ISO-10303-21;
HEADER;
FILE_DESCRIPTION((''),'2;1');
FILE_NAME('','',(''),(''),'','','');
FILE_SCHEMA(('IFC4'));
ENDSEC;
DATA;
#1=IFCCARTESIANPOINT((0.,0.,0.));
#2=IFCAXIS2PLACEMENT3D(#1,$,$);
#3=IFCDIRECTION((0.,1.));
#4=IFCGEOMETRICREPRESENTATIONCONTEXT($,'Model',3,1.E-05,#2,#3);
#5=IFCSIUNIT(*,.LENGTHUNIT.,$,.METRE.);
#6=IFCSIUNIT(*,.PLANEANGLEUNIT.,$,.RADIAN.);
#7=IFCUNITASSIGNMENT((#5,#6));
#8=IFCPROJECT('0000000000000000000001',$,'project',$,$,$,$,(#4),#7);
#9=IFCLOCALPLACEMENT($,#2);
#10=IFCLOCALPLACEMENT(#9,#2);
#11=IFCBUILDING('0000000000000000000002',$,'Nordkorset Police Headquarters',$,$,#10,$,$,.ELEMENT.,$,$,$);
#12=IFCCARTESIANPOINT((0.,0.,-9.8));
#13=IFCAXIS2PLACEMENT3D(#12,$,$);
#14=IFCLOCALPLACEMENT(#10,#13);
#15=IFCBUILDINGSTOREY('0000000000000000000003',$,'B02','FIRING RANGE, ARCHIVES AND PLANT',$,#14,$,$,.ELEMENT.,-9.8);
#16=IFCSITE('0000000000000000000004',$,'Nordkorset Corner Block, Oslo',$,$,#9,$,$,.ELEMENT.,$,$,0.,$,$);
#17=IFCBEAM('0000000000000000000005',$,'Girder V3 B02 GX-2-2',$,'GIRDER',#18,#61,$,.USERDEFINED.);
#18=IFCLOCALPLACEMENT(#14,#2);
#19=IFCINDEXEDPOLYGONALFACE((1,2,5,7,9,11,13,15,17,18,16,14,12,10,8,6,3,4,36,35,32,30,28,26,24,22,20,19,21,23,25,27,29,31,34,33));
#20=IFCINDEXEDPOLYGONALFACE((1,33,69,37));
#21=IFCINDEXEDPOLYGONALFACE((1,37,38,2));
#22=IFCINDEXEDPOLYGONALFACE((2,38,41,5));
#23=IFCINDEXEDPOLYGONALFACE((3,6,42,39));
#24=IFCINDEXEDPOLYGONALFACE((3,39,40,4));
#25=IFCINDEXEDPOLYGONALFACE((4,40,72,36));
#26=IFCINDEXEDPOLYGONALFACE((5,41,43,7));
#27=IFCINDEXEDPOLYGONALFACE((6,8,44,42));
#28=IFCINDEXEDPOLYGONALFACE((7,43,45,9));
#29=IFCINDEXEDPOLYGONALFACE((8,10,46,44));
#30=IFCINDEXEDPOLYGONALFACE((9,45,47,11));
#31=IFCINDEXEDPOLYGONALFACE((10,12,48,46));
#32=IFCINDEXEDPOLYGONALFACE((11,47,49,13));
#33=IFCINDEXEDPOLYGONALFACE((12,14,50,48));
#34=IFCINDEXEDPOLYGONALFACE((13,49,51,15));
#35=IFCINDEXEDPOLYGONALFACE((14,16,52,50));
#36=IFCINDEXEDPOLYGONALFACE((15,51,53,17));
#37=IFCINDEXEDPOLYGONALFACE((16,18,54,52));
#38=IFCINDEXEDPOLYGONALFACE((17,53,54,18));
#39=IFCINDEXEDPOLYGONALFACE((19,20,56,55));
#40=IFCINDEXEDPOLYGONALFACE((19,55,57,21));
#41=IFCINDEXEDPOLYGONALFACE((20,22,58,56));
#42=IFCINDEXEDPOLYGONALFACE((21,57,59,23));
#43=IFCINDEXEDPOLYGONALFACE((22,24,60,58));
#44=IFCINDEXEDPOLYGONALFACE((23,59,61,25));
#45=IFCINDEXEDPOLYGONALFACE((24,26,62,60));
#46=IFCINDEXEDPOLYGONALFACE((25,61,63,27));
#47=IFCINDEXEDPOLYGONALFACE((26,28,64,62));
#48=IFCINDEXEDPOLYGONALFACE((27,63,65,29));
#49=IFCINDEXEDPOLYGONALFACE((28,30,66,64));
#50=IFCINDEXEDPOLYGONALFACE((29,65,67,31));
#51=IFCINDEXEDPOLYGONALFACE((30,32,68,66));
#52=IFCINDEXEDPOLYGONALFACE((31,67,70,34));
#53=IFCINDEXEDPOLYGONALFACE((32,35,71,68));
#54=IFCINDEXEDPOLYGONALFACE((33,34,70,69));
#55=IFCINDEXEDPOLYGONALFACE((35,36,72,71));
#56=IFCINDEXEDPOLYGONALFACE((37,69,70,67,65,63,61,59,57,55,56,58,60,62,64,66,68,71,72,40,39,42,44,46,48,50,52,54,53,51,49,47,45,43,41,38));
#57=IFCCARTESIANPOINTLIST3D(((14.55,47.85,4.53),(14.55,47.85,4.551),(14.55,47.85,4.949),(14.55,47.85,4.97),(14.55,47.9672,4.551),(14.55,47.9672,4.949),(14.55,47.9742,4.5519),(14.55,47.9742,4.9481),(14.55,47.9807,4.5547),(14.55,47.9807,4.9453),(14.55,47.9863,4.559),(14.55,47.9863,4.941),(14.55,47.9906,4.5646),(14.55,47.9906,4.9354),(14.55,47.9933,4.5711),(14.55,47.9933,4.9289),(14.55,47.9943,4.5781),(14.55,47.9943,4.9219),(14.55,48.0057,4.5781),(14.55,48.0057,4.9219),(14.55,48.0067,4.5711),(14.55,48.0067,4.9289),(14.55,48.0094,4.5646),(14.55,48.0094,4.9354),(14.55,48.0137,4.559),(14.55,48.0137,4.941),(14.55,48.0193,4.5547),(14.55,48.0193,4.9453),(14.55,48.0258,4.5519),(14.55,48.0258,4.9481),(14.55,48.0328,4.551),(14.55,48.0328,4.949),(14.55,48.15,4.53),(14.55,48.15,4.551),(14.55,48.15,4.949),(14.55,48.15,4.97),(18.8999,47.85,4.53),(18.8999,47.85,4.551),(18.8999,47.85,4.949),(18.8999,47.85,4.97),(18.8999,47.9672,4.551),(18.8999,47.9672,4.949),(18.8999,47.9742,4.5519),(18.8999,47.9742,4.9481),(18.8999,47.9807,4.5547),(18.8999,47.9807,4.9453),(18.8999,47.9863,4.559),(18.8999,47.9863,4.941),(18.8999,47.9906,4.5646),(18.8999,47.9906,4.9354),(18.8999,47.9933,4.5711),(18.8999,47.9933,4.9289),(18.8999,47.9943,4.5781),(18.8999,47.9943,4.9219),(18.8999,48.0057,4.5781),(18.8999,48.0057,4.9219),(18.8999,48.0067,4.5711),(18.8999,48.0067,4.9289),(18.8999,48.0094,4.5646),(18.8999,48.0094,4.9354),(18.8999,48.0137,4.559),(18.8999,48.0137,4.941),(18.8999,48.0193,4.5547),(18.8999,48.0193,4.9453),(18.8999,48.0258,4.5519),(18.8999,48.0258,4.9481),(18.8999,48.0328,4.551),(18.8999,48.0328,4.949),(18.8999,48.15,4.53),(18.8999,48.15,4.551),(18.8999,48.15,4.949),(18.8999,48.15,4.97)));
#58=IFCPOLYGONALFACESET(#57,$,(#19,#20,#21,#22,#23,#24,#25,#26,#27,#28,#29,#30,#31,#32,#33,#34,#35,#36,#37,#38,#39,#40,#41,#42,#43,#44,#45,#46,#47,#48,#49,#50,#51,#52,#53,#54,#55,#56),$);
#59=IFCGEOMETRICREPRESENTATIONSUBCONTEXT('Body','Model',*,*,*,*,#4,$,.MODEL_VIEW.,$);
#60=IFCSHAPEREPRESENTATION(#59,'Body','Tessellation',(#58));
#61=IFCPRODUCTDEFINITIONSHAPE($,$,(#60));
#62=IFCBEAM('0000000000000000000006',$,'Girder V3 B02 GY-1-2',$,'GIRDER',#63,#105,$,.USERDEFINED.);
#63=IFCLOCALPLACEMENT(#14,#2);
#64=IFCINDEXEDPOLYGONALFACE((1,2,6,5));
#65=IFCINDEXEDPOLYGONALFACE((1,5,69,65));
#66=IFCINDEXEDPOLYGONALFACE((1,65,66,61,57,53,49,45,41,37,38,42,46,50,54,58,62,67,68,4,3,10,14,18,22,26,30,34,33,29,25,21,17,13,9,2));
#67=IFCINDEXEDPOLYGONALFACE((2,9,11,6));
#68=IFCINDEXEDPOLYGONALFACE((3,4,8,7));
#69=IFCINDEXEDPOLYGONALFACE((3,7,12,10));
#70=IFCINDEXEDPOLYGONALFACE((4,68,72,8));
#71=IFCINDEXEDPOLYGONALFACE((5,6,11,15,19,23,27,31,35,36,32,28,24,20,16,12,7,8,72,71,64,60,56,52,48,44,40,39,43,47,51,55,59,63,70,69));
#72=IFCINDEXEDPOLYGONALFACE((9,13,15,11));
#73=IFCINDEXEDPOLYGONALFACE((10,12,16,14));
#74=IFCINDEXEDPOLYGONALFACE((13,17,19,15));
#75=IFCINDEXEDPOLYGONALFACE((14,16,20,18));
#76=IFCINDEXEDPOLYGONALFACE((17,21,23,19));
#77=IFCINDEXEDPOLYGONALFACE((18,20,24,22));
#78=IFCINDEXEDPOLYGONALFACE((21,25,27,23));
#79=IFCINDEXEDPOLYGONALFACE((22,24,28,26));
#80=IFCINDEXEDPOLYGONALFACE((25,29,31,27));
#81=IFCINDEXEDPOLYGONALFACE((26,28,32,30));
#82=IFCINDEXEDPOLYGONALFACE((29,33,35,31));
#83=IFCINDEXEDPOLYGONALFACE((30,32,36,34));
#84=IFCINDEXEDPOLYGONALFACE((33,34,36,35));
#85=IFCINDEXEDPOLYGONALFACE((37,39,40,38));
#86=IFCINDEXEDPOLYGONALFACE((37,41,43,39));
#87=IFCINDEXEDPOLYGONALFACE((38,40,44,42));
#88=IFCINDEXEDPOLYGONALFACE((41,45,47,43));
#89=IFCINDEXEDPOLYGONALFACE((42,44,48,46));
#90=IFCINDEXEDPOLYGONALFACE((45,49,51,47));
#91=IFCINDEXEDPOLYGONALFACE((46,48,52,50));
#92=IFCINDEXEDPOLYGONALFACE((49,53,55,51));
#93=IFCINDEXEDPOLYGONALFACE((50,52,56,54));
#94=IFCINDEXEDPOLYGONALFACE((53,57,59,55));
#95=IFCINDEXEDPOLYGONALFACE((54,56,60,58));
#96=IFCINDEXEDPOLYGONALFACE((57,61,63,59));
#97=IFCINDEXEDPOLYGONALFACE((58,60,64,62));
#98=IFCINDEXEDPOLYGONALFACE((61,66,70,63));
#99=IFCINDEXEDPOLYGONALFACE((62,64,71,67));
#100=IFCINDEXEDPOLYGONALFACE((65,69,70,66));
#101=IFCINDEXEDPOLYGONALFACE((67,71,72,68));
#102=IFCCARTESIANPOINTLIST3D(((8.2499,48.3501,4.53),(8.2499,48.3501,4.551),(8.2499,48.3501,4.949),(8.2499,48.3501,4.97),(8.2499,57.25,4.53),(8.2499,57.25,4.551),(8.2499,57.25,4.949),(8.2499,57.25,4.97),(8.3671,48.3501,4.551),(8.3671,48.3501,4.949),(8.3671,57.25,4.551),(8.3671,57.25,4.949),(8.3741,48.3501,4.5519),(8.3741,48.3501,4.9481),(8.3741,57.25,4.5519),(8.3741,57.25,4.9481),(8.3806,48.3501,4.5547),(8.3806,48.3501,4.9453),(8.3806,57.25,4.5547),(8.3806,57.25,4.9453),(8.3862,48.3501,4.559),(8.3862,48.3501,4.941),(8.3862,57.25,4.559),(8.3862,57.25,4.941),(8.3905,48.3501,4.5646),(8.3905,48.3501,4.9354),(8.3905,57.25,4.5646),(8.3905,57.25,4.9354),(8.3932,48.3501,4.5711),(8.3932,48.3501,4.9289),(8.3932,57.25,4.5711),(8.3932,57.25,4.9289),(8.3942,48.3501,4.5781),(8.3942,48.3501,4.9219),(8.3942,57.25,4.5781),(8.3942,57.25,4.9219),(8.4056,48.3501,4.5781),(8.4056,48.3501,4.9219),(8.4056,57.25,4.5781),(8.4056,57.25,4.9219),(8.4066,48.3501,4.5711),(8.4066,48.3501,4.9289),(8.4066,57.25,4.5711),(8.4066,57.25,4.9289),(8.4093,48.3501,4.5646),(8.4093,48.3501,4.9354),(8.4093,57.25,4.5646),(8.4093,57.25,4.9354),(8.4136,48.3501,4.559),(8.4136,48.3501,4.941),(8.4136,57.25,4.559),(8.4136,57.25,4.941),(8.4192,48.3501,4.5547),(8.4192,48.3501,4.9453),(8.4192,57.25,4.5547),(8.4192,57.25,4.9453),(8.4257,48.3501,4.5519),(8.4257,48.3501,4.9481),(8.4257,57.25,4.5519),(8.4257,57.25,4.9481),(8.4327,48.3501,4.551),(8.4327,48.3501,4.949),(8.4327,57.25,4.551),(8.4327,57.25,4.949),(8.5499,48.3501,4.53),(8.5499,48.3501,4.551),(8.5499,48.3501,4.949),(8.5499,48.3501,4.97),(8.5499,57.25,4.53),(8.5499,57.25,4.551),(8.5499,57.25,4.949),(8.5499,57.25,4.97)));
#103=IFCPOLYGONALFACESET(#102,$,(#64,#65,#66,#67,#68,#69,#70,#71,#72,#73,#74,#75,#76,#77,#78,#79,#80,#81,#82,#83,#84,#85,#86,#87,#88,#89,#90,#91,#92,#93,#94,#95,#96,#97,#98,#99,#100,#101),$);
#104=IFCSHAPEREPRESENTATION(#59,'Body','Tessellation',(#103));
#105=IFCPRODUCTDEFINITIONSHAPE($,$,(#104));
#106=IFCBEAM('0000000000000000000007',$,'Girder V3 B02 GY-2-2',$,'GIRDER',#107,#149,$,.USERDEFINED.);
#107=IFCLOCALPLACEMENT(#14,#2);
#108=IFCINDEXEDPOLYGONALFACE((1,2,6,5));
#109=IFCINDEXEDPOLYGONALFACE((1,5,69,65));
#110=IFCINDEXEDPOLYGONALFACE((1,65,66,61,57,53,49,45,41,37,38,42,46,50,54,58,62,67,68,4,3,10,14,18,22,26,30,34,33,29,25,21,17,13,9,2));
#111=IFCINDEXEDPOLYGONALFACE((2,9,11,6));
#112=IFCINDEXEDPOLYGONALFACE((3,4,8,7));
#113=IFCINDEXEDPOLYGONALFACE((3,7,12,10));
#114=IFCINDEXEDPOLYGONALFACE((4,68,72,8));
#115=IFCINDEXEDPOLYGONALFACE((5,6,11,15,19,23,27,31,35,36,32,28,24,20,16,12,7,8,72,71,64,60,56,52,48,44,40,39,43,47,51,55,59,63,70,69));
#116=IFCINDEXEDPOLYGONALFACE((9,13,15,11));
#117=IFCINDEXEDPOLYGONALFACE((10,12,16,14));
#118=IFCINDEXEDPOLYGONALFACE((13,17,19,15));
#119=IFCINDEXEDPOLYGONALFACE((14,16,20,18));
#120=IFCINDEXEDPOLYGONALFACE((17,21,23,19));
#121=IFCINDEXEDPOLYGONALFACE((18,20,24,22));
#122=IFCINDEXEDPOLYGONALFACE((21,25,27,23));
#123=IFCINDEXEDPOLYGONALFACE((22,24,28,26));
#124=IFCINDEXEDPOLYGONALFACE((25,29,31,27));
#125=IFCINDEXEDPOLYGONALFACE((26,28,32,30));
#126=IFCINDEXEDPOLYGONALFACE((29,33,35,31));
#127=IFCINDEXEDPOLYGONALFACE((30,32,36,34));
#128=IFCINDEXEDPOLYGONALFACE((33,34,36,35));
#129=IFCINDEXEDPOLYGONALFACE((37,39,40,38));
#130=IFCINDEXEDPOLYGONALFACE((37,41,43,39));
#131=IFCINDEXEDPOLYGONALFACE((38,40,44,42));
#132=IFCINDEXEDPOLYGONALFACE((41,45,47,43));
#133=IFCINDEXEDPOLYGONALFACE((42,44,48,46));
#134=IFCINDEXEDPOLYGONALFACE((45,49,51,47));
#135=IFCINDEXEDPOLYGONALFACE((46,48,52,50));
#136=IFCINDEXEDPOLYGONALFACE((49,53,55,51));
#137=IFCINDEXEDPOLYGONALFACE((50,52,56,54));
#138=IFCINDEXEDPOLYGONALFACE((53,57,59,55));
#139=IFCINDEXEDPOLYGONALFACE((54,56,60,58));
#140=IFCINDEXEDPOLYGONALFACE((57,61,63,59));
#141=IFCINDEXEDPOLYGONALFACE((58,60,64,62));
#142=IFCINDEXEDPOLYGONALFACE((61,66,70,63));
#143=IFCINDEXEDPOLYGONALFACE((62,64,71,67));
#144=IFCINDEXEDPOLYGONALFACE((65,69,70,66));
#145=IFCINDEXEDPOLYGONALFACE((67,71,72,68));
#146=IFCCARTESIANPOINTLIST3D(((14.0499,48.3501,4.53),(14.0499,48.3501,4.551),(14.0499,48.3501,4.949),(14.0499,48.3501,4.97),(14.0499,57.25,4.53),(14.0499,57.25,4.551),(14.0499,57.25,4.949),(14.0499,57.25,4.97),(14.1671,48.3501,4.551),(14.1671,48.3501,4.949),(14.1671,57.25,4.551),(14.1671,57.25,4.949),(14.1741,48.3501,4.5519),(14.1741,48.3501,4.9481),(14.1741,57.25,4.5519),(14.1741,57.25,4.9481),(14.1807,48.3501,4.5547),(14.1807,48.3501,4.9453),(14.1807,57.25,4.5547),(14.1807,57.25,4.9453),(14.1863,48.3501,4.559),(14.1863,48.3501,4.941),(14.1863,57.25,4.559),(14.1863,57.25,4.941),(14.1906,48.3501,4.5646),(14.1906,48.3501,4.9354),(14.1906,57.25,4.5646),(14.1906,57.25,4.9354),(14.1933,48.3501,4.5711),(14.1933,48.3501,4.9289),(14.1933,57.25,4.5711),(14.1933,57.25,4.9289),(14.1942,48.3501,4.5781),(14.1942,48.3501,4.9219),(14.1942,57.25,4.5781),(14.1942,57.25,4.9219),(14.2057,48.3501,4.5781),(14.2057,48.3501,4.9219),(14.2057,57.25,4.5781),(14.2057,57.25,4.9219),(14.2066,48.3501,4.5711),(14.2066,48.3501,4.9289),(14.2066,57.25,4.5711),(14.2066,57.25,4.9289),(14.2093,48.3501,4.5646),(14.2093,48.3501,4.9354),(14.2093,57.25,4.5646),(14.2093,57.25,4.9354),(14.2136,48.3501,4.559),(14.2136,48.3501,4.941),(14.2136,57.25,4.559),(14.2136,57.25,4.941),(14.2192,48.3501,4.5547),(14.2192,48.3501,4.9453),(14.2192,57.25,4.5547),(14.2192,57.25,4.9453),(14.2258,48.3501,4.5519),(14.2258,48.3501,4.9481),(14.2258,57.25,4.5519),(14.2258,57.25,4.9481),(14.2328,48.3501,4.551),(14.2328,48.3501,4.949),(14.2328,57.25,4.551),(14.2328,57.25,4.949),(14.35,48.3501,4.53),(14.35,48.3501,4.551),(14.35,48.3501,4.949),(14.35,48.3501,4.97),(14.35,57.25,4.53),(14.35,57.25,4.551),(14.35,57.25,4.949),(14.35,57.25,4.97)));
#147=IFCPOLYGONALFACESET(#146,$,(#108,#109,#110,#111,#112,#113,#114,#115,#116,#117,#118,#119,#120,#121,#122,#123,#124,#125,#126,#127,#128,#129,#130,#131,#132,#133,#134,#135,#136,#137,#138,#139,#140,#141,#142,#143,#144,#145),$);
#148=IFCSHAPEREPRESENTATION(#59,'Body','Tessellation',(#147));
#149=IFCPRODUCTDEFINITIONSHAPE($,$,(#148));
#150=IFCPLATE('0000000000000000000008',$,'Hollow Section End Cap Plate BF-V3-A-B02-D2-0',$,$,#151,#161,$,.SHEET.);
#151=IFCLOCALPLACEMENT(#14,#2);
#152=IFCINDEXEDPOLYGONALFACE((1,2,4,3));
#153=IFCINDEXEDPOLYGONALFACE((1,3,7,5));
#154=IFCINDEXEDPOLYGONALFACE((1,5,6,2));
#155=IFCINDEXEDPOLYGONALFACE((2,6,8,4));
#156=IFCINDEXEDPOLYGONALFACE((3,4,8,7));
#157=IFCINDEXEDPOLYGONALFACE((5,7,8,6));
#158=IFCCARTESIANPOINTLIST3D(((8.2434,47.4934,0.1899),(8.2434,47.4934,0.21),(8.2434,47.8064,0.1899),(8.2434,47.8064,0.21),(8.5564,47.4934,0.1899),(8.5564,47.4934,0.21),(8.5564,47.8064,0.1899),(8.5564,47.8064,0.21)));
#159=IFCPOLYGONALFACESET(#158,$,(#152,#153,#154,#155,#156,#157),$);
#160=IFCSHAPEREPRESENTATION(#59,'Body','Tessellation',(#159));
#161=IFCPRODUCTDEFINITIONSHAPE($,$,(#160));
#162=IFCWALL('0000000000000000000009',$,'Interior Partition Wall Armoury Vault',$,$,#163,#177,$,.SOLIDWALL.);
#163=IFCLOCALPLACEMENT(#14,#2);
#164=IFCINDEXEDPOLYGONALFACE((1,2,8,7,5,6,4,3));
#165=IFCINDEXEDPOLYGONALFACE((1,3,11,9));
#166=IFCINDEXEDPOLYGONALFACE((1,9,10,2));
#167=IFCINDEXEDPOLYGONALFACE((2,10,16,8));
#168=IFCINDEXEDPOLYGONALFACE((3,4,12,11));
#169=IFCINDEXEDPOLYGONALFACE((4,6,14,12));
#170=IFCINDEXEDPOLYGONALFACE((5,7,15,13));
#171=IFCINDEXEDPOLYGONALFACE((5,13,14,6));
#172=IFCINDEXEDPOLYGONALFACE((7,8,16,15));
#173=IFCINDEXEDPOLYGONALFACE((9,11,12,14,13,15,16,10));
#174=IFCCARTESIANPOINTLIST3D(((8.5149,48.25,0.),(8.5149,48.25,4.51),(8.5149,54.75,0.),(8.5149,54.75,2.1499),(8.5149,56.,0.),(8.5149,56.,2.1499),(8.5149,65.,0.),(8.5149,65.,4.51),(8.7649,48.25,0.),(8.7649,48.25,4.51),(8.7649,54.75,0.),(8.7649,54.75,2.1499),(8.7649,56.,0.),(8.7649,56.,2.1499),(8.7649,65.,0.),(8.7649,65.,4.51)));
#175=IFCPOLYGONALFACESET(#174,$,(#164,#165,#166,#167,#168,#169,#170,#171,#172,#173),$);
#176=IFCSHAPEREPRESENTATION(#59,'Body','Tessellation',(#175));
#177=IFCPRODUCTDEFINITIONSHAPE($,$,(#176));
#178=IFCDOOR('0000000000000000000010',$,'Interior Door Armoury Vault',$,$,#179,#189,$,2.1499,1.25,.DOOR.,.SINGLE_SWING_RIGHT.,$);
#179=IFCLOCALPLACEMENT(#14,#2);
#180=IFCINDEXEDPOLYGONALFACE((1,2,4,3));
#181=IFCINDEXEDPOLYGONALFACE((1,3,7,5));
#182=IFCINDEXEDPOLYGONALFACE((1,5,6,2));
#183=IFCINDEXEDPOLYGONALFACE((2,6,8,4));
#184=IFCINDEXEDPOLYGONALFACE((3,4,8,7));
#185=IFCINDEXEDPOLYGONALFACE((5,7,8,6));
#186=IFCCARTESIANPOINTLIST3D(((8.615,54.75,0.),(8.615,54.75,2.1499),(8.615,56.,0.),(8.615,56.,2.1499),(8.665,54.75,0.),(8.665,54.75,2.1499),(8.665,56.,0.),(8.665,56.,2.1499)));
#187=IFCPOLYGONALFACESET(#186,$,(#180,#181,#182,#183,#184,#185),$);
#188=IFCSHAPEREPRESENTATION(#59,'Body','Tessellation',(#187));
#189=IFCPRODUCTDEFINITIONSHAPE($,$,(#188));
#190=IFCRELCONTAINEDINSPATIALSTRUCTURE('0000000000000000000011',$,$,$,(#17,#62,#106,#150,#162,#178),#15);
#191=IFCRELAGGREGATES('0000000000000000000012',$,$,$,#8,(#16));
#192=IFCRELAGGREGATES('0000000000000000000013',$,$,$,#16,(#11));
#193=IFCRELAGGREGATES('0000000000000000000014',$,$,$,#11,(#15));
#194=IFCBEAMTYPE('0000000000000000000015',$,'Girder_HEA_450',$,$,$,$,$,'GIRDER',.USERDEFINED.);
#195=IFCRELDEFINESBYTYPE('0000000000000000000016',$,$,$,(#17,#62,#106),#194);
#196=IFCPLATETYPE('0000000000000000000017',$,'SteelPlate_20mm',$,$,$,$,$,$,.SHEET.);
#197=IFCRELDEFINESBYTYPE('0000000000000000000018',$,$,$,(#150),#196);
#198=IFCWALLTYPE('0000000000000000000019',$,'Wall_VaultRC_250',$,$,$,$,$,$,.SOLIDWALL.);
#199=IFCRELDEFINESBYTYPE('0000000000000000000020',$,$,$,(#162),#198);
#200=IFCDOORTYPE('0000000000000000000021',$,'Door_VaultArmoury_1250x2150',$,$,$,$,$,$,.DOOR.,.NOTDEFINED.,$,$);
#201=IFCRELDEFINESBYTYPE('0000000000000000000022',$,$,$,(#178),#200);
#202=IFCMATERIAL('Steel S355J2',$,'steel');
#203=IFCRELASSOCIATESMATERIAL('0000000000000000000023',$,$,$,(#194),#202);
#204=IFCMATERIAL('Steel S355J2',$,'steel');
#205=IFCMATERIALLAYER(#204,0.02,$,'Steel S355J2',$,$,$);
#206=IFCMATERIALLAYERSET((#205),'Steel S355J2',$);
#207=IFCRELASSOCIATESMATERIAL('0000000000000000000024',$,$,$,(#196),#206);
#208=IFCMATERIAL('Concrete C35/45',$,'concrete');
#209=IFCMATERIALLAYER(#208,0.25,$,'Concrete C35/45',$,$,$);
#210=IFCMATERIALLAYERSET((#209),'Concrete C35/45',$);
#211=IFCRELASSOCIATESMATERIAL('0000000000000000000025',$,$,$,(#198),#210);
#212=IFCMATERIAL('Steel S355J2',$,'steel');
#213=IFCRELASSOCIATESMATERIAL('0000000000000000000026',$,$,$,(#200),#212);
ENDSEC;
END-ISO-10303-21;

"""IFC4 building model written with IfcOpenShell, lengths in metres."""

from ifc_helpers import new_model, si_unit, direction, frame, frame_2d, origin, origin_2d, place, context, subcontext, project, spatial, rectangle, i_section, extrude, material, layer, layer_set, material_profile, profile_set, type_object, element, fill, save


model = new_model("IFC4")

# Units and contexts
model_context = context("Model", 3, precision=1e-05, world=origin(), true_north=direction((0.0, 1.0)))
body_context = subcontext(model_context, "Body", "Model", "MODEL_VIEW")
ifc_project = project(units=[si_unit("LENGTHUNIT", "METRE"), si_unit("PLANEANGLEUNIT", "RADIAN")], contexts=[model_context])

# Site, building, storey
site_placement = place(None, origin())
site = spatial("IfcSite", under=ifc_project, at=site_placement, Name="Nordkorset Corner Block, Oslo", CompositionType="ELEMENT", RefElevation=0.0)
building_placement = place(site_placement, origin())
building = spatial("IfcBuilding", under=site, at=building_placement, Name="Nordkorset Police Headquarters", CompositionType="ELEMENT")
storey_placement = place(building_placement, frame((0.0, 0.0, -9.8)))
storey = spatial("IfcBuildingStorey", under=building, at=storey_placement, Name="B02", Description="FIRING RANGE, ARCHIVES AND PLANT", CompositionType="ELEMENT", Elevation=-9.8)

# Beams
ifc_material_1 = material(Name="Steel S355J2", Category="steel")
ifc_material_profile_1 = material_profile(ifc_material_1, i_section(OverallWidth=0.3, OverallDepth=0.4399, WebThickness=0.0115, FlangeThickness=0.021, FilletRadius=0.0271, at=origin_2d()), Name="HEA 450")
ifc_profile_set_1 = profile_set([ifc_material_profile_1], Name="Steel S355J2")
beam_type_1 = type_object("IfcBeamType", Name="Girder_HEA_450", ElementType="GIRDER", PredefinedType="USERDEFINED", material=ifc_profile_set_1)
beam_1_placement = place(storey_placement, frame((14.55, 48.0, 4.75), z_axis=(1.0, 0.0, 0.0), x_axis=(0.0, 1.0, 0.0)))
element("IfcBeam", 1, at=beam_1_placement, inside=storey, type_object=beam_type_1, Name="Girder V3 B02 GX-2-2", ObjectType="GIRDER", PredefinedType="USERDEFINED", context=body_context, shape_type="SweptSolid", body=[
    extrude(i_section(OverallWidth=0.3, OverallDepth=0.4399, WebThickness=0.0115, FlangeThickness=0.021, FilletRadius=0.0271, at=origin_2d()), origin(), (0.0, 0.0, 1.0), 4.3499),
])
for number, where, z_axis, x_axis, name in (
    (2, (8.3999, 48.3501, 4.75), (0.0, 1.0, 0.0), (-1.0, 0.0, 0.0), "Girder V3 B02 GY-1-2"),
    (3, (14.2, 48.3501, 4.75), (0.0, 1.0, 0.0), (-1.0, 0.0, 0.0), "Girder V3 B02 GY-2-2"),
):
    element("IfcBeam", number, at=place(storey_placement, frame(where, z_axis=z_axis, x_axis=x_axis)), inside=storey, type_object=beam_type_1, Name=name, ObjectType="GIRDER", PredefinedType="USERDEFINED", context=body_context, shape_type="SweptSolid", body=[
        extrude(i_section(OverallWidth=0.3, OverallDepth=0.4399, WebThickness=0.0115, FlangeThickness=0.021, FilletRadius=0.0271, at=origin_2d()), origin(), (0.0, 0.0, 1.0), 8.8999),
    ])

# Plate
ifc_material_2 = material(Name="Steel S355J2", Category="steel")
ifc_layer_1 = layer(ifc_material_2, 0.02, Name="Steel S355J2")
ifc_layer_set_1 = layer_set([ifc_layer_1], Name="Steel S355J2")
plate_type = type_object("IfcPlateType", Name="SteelPlate_20mm", PredefinedType="SHEET", material=ifc_layer_set_1)
plate_placement = place(storey_placement, frame((8.3999, 47.6499, 0.1899), z_axis=(0.0, 0.0, 1.0), x_axis=(1.0, 0.0, 0.0)))
element("IfcPlate", 4, at=plate_placement, inside=storey, type_object=plate_type, Name="Hollow Section End Cap Plate BF-V3-A-B02-D2-0", PredefinedType="SHEET", context=body_context, shape_type="SweptSolid", body=[
    extrude(rectangle(XDim=0.313, YDim=0.313, at=origin_2d()), origin(), (0.0, 0.0, 1.0), 0.02),
])

# Wall, opening, door
ifc_material_3 = material(Name="Concrete C35/45", Category="concrete")
ifc_layer_2 = layer(ifc_material_3, 0.25, Name="Concrete C35/45")
ifc_layer_set_2 = layer_set([ifc_layer_2], Name="Concrete C35/45")
wall_type = type_object("IfcWallType", Name="Wall_VaultRC_250", PredefinedType="SOLIDWALL", material=ifc_layer_set_2)
wall_placement = place(storey_placement, frame((8.6399, 48.25, 0.0), z_axis=(0.0, 0.0, 1.0), x_axis=(0.0, 1.0, 0.0)))
wall = element("IfcWall", 5, at=wall_placement, inside=storey, type_object=wall_type, Name="Interior Partition Wall Armoury Vault", PredefinedType="SOLIDWALL", context=body_context, shape_type="SweptSolid", body=[
    extrude(rectangle(XDim=16.75, YDim=0.25, at=frame_2d((8.375, 0.0))), origin(), (0.0, 0.0, 1.0), 4.51),
])
opening_placement = place(wall_placement, frame((6.5, 0.0, 0.0)))
opening = element("IfcOpeningElement", 6, at=opening_placement, cuts=wall, PredefinedType="OPENING", context=body_context, shape_type="SweptSolid", body=[
    extrude(rectangle(XDim=1.25, YDim=2.1499, at=frame_2d((0.625, 1.075))), frame((0.0, 0.135, 0.0), z_axis=(0.0, -1.0, 0.0), x_axis=(1.0, 0.0, 0.0)), (0.0, 0.0, 1.0), 0.27),
])
ifc_material_4 = material(Name="Steel S355J2", Category="steel")
door_type = type_object("IfcDoorType", Name="Door_VaultArmoury_1250x2150", OperationType="NOTDEFINED", PredefinedType="DOOR", material=ifc_material_4)
door_placement = place(opening_placement, origin())
door = element("IfcDoor", 7, at=door_placement, inside=storey, type_object=door_type, Name="Interior Door Armoury Vault", OperationType="SINGLE_SWING_RIGHT", OverallHeight=2.1499, OverallWidth=1.25, PredefinedType="DOOR", context=body_context, shape_type="SweptSolid", body=[
    extrude(rectangle(XDim=1.25, YDim=2.1499, at=frame_2d((0.625, 1.075))), frame((0.0, 0.0249, 0.0), z_axis=(0.0, -1.0, 0.0), x_axis=(1.0, 0.0, 0.0)), (0.0, 0.0, 1.0), 0.05),
])
fill(opening, door)

save(model, "model.ifc")
